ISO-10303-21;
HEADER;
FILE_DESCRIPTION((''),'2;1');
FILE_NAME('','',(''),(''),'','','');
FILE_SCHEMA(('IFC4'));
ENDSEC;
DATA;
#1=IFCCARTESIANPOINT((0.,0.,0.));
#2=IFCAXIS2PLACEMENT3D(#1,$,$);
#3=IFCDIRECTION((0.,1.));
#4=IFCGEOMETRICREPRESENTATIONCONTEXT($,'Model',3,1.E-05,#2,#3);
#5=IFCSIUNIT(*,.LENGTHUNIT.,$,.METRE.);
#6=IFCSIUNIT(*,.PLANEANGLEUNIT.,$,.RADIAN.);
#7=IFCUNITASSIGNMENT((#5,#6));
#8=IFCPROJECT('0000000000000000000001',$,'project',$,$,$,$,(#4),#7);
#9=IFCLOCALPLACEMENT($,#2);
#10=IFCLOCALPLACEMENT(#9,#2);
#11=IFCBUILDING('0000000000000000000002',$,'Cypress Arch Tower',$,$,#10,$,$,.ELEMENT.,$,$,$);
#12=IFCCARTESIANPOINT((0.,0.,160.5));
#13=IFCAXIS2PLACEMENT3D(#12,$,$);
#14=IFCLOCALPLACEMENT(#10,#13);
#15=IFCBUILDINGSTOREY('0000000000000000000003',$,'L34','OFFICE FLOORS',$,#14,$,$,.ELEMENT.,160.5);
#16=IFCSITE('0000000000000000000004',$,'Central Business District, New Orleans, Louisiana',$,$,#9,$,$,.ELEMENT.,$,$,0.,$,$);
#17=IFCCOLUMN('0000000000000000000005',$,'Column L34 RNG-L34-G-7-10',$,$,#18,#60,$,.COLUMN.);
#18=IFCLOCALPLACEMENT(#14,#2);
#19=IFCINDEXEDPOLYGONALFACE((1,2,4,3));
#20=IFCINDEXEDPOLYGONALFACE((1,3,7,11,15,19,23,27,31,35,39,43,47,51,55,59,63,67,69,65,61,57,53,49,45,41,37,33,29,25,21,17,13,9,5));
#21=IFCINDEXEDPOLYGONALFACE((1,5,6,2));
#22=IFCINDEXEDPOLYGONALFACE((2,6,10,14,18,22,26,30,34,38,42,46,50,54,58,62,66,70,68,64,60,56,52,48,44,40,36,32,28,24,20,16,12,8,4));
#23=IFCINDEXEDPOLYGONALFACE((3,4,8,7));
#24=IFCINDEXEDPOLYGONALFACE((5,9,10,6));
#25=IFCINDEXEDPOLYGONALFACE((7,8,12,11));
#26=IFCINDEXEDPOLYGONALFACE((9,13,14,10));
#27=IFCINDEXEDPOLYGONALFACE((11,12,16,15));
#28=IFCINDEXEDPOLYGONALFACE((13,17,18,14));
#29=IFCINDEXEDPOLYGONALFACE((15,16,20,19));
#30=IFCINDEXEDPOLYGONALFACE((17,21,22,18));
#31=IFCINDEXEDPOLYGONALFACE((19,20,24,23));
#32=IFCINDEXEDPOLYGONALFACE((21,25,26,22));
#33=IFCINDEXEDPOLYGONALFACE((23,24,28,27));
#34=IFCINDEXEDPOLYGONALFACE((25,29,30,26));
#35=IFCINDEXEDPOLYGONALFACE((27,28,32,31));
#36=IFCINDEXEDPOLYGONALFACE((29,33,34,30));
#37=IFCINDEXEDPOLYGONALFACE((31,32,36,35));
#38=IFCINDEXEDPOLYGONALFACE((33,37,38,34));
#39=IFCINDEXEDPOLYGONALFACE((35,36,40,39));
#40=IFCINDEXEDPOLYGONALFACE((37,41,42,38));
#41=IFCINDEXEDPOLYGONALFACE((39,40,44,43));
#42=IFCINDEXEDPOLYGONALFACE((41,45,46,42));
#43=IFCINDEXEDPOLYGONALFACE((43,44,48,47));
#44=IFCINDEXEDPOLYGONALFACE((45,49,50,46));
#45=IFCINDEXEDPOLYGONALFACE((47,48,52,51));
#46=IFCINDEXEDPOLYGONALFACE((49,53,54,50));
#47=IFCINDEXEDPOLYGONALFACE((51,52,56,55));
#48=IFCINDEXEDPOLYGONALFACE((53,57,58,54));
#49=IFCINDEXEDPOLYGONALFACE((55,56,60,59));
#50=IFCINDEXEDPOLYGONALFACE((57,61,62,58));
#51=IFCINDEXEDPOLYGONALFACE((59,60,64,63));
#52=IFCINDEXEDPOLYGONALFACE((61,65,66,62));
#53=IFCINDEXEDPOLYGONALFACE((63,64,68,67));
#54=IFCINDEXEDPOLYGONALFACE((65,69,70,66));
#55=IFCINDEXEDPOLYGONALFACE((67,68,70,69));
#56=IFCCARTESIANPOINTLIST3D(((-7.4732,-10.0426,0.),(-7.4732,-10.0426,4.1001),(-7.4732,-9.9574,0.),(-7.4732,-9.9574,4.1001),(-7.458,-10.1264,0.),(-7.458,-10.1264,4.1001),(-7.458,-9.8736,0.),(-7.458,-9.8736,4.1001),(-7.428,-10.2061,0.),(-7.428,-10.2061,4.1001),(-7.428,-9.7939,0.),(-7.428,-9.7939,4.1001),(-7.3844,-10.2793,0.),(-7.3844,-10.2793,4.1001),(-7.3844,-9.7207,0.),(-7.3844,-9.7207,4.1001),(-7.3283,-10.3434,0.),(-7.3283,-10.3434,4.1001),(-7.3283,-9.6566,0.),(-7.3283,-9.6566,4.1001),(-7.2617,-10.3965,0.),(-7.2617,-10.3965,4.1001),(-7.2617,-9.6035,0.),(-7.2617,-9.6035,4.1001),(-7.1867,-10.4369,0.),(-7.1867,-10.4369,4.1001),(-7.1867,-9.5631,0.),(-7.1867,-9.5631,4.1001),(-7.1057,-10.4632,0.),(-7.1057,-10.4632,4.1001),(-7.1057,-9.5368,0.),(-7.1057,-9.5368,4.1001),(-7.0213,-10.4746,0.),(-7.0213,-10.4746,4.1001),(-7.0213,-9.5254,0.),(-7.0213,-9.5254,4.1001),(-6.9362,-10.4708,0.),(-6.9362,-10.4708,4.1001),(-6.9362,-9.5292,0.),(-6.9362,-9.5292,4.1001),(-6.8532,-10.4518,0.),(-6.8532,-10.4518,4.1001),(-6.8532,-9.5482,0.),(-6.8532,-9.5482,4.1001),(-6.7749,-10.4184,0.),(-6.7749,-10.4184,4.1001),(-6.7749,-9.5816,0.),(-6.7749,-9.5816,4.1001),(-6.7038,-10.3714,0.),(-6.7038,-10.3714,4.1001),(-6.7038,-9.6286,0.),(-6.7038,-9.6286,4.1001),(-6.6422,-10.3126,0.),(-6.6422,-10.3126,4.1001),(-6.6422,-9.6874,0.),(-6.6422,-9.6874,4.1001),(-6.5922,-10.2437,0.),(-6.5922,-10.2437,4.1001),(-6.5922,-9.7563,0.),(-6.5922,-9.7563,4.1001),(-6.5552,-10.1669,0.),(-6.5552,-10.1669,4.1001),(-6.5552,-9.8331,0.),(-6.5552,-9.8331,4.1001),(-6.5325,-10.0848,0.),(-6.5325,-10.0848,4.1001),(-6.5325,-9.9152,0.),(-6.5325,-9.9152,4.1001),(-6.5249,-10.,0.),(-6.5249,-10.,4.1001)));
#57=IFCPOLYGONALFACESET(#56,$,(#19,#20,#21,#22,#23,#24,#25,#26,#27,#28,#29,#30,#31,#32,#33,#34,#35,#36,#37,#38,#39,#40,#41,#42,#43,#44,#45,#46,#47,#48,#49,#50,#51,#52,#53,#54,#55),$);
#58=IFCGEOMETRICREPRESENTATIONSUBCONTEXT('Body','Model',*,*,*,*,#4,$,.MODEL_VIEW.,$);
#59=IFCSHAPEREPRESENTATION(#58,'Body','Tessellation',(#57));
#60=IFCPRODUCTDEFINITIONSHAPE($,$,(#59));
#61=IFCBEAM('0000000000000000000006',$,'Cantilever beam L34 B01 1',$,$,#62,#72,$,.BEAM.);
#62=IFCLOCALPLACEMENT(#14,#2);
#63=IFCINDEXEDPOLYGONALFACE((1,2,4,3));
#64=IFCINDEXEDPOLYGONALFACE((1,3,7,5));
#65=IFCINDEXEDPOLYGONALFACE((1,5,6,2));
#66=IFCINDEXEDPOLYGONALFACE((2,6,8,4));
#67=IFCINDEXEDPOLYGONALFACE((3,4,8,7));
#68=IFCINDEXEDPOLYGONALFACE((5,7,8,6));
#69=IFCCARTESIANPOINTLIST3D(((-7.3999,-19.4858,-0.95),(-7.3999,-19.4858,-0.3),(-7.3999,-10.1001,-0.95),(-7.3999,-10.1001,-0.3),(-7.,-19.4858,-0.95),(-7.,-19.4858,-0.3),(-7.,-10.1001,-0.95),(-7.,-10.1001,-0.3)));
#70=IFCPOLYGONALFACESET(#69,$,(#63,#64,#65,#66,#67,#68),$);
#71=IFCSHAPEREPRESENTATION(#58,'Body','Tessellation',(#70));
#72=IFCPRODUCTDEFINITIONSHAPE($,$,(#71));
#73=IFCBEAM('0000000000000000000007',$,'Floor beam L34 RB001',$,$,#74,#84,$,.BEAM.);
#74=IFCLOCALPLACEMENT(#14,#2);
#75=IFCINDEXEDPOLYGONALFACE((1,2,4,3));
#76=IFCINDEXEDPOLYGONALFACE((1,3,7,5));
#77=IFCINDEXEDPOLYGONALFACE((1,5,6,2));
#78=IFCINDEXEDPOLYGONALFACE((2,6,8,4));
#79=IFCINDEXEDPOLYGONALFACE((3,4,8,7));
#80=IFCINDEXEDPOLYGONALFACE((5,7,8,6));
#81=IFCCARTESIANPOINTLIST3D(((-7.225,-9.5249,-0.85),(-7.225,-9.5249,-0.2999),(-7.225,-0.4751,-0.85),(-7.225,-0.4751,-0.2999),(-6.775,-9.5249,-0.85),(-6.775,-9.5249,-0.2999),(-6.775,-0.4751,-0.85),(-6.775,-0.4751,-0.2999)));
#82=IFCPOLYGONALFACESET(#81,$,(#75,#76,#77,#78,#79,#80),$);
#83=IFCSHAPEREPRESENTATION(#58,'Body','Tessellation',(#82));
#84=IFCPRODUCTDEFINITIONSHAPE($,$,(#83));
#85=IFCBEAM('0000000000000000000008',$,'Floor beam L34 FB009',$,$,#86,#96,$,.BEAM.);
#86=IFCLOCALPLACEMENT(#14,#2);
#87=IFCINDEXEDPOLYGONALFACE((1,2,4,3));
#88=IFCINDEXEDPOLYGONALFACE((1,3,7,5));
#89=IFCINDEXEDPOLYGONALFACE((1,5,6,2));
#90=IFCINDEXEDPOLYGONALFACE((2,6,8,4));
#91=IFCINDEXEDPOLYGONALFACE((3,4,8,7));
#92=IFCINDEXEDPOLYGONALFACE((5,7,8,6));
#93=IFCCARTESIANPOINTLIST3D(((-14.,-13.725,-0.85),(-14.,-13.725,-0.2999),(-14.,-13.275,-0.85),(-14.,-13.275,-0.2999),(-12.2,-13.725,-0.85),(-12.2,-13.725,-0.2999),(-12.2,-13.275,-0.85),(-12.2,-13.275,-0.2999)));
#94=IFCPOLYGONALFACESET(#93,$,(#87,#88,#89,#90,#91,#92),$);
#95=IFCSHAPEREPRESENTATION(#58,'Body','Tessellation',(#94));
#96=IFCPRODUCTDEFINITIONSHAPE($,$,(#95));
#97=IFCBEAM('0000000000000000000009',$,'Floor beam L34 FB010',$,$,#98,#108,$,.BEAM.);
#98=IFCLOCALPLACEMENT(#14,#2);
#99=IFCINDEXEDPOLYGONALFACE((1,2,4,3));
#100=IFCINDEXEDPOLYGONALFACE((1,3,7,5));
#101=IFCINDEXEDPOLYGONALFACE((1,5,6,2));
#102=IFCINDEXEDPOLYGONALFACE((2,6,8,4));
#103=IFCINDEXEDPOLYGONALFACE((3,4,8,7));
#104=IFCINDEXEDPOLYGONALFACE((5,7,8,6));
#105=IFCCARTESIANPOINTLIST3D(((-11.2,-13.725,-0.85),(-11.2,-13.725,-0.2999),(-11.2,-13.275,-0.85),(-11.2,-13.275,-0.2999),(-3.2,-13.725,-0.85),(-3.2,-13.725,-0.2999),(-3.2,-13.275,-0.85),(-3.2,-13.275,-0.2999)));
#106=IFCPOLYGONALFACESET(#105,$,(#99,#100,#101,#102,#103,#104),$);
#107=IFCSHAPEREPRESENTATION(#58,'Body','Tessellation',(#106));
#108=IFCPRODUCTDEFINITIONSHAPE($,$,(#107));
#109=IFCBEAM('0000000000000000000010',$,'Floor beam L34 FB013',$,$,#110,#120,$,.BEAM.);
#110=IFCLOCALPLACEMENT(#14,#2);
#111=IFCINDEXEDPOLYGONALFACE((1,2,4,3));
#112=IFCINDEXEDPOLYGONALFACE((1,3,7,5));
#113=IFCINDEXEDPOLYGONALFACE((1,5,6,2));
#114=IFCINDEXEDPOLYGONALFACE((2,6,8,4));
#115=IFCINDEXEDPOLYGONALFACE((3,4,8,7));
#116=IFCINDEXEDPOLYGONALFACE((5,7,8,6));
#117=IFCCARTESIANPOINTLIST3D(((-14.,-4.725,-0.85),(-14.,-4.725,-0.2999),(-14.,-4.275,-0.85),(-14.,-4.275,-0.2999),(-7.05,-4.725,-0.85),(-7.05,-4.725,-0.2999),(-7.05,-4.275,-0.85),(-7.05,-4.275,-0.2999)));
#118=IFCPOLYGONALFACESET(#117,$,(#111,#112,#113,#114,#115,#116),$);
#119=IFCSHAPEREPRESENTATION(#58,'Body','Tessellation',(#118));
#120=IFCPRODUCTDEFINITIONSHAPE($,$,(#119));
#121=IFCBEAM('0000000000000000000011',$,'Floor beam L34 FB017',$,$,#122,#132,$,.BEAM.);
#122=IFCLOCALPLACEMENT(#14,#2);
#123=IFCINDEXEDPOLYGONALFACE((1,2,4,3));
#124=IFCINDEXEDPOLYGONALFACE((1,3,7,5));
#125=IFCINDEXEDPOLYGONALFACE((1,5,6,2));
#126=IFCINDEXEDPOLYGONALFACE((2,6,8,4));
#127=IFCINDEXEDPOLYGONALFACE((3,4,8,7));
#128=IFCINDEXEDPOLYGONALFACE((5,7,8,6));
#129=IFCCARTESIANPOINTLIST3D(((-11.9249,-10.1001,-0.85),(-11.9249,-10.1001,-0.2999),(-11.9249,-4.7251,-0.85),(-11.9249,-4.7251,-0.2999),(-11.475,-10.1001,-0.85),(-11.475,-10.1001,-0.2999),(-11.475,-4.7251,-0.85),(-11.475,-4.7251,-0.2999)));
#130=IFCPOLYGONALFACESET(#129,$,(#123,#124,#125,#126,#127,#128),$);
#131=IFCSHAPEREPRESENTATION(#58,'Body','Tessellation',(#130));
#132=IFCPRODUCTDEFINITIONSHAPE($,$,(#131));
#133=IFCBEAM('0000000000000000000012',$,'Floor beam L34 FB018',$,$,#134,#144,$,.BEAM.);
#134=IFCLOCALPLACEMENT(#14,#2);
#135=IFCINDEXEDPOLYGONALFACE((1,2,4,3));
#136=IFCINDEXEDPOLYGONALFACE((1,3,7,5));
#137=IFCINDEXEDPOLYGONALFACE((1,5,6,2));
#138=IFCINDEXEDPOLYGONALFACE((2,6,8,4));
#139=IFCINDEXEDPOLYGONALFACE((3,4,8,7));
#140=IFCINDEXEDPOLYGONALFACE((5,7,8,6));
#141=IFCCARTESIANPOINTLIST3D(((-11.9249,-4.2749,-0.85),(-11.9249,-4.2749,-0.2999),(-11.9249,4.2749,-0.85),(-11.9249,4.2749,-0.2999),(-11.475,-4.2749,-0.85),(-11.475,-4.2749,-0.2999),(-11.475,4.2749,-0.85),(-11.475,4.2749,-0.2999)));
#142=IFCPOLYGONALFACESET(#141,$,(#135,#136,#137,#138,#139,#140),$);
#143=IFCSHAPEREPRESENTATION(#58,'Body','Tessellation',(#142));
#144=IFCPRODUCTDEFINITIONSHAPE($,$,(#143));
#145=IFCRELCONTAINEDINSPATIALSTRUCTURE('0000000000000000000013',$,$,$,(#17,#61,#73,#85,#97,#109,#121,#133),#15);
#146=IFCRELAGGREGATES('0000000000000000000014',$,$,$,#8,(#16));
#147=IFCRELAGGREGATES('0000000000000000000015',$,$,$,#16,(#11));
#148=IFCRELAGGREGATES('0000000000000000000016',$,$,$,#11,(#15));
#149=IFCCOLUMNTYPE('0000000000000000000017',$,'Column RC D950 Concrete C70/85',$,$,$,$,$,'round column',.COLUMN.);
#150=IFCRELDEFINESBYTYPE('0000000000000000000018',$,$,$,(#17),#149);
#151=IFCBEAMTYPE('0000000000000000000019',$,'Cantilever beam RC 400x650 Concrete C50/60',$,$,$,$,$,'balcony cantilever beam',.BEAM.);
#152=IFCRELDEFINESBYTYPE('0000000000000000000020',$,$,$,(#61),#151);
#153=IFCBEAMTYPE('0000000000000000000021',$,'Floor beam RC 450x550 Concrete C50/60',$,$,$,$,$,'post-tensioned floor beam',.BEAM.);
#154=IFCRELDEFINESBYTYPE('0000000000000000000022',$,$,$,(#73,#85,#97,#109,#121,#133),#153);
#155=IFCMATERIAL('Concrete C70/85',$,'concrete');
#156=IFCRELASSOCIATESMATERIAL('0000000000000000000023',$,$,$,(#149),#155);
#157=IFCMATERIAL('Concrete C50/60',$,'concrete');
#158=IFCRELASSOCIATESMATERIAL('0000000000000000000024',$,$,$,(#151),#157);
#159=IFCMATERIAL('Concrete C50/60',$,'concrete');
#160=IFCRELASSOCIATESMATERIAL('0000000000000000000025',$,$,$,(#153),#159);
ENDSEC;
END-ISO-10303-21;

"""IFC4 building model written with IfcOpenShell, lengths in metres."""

from ifc_helpers import new_model, si_unit, direction, frame, origin, origin_2d, place, context, subcontext, project, spatial, rectangle, circle, extrude, material, material_profile, profile_set, type_object, element, save


model = new_model("IFC4")

# Units and contexts
model_context = context("Model", 3, precision=1e-05, world=origin(), true_north=direction((0.0, 1.0)))
body_context = subcontext(model_context, "Body", "Model", "MODEL_VIEW")
ifc_project = project(units=[si_unit("LENGTHUNIT", "METRE"), si_unit("PLANEANGLEUNIT", "RADIAN")], contexts=[model_context])

# Site, building, storey
site_placement = place(None, origin())
site = spatial("IfcSite", under=ifc_project, at=site_placement, Name="Central Business District, New Orleans, Louisiana", CompositionType="ELEMENT", RefElevation=0.0)
building_placement = place(site_placement, origin())
building = spatial("IfcBuilding", under=site, at=building_placement, Name="Cypress Arch Tower", CompositionType="ELEMENT")
storey_placement = place(building_placement, frame((0.0, 0.0, 160.5)))
storey = spatial("IfcBuildingStorey", under=building, at=storey_placement, Name="L34", Description="OFFICE FLOORS", CompositionType="ELEMENT", Elevation=160.5)

# Column
ifc_material_1 = material(Name="Concrete C70/85", Category="concrete")
ifc_material_profile_1 = material_profile(ifc_material_1, circle(Radius=0.4751, at=origin_2d()), Name="RC D950")
ifc_profile_set_1 = profile_set([ifc_material_profile_1], Name="Concrete C70/85")
column_type = type_object("IfcColumnType", Name="Column RC D950 Concrete C70/85", ElementType="round column", PredefinedType="COLUMN", material=ifc_profile_set_1)
column_placement = place(storey_placement, frame((-7.0, -10.0, 0.0), z_axis=(0.0, 0.0, 1.0), x_axis=(1.0, 0.0, 0.0)))
element("IfcColumn", 1, at=column_placement, inside=storey, type_object=column_type, Name="Column L34 RNG-L34-G-7-10", PredefinedType="COLUMN", context=body_context, shape_type="SweptSolid", body=[
    extrude(circle(Radius=0.4751, at=origin_2d()), origin(), (0.0, 0.0, 1.0), 4.1001),
])

# Beams
ifc_material_2 = material(Name="Concrete C50/60", Category="concrete")
ifc_material_profile_2 = material_profile(ifc_material_2, rectangle(XDim=0.3999, YDim=0.6499, at=origin_2d()), Name="RC 400x650")
ifc_profile_set_2 = profile_set([ifc_material_profile_2], Name="Concrete C50/60")
beam_type_1 = type_object("IfcBeamType", Name="Cantilever beam RC 400x650 Concrete C50/60", ElementType="balcony cantilever beam", PredefinedType="BEAM", material=ifc_profile_set_2)
beam_1_placement = place(storey_placement, frame((-7.2, -10.1001, -0.625), z_axis=(0.0, -1.0, 0.0), x_axis=(1.0, 0.0, 0.0)))
element("IfcBeam", 2, at=beam_1_placement, inside=storey, type_object=beam_type_1, Name="Cantilever beam L34 B01 1", PredefinedType="BEAM", context=body_context, shape_type="SweptSolid", body=[
    extrude(rectangle(XDim=0.3999, YDim=0.6499, at=origin_2d()), origin(), (0.0, 0.0, 1.0), 9.3857),
])
ifc_material_3 = material(Name="Concrete C50/60", Category="concrete")
ifc_material_profile_3 = material_profile(ifc_material_3, rectangle(XDim=0.45, YDim=0.55, at=origin_2d()), Name="RC 450x550")
ifc_profile_set_3 = profile_set([ifc_material_profile_3], Name="Concrete C50/60")
beam_type_2 = type_object("IfcBeamType", Name="Floor beam RC 450x550 Concrete C50/60", ElementType="post-tensioned floor beam", PredefinedType="BEAM", material=ifc_profile_set_3)
beam_2_placement = place(storey_placement, frame((-7.0, -9.5249, -0.575), z_axis=(0.0, 1.0, 0.0), x_axis=(-1.0, 0.0, 0.0)))
element("IfcBeam", 3, at=beam_2_placement, inside=storey, type_object=beam_type_2, Name="Floor beam L34 RB001", PredefinedType="BEAM", context=body_context, shape_type="SweptSolid", body=[
    extrude(rectangle(XDim=0.45, YDim=0.55, at=origin_2d()), origin(), (0.0, 0.0, 1.0), 9.0498),
])
beam_3_placement = place(storey_placement, frame((-14.0, -13.5, -0.575), z_axis=(1.0, 0.0, 0.0), x_axis=(0.0, 1.0, 0.0)))
element("IfcBeam", 4, at=beam_3_placement, inside=storey, type_object=beam_type_2, Name="Floor beam L34 FB009", PredefinedType="BEAM", context=body_context, shape_type="SweptSolid", body=[
    extrude(rectangle(XDim=0.45, YDim=0.55, at=origin_2d()), origin(), (0.0, 0.0, 1.0), 1.8),
])
beam_4_placement = place(storey_placement, frame((-11.2, -13.5, -0.575), z_axis=(1.0, 0.0, 0.0), x_axis=(0.0, 1.0, 0.0)))
element("IfcBeam", 5, at=beam_4_placement, inside=storey, type_object=beam_type_2, Name="Floor beam L34 FB010", PredefinedType="BEAM", context=body_context, shape_type="SweptSolid", body=[
    extrude(rectangle(XDim=0.45, YDim=0.55, at=origin_2d()), origin(), (0.0, 0.0, 1.0), 8.0),
])
beam_5_placement = place(storey_placement, frame((-14.0, -4.5, -0.575), z_axis=(1.0, 0.0, 0.0), x_axis=(0.0, 1.0, 0.0)))
element("IfcBeam", 6, at=beam_5_placement, inside=storey, type_object=beam_type_2, Name="Floor beam L34 FB013", PredefinedType="BEAM", context=body_context, shape_type="SweptSolid", body=[
    extrude(rectangle(XDim=0.45, YDim=0.55, at=origin_2d()), origin(), (0.0, 0.0, 1.0), 6.95),
])
beam_6_placement = place(storey_placement, frame((-11.7, -10.1001, -0.575), z_axis=(0.0, 1.0, 0.0), x_axis=(-1.0, 0.0, 0.0)))
element("IfcBeam", 7, at=beam_6_placement, inside=storey, type_object=beam_type_2, Name="Floor beam L34 FB017", PredefinedType="BEAM", context=body_context, shape_type="SweptSolid", body=[
    extrude(rectangle(XDim=0.45, YDim=0.55, at=origin_2d()), origin(), (0.0, 0.0, 1.0), 5.375),
])
beam_7_placement = place(storey_placement, frame((-11.7, -4.2749, -0.575), z_axis=(0.0, 1.0, 0.0), x_axis=(-1.0, 0.0, 0.0)))
element("IfcBeam", 8, at=beam_7_placement, inside=storey, type_object=beam_type_2, Name="Floor beam L34 FB018", PredefinedType="BEAM", context=body_context, shape_type="SweptSolid", body=[
    extrude(rectangle(XDim=0.45, YDim=0.55, at=origin_2d()), origin(), (0.0, 0.0, 1.0), 8.5498),
])

save(model, "model.ifc")
